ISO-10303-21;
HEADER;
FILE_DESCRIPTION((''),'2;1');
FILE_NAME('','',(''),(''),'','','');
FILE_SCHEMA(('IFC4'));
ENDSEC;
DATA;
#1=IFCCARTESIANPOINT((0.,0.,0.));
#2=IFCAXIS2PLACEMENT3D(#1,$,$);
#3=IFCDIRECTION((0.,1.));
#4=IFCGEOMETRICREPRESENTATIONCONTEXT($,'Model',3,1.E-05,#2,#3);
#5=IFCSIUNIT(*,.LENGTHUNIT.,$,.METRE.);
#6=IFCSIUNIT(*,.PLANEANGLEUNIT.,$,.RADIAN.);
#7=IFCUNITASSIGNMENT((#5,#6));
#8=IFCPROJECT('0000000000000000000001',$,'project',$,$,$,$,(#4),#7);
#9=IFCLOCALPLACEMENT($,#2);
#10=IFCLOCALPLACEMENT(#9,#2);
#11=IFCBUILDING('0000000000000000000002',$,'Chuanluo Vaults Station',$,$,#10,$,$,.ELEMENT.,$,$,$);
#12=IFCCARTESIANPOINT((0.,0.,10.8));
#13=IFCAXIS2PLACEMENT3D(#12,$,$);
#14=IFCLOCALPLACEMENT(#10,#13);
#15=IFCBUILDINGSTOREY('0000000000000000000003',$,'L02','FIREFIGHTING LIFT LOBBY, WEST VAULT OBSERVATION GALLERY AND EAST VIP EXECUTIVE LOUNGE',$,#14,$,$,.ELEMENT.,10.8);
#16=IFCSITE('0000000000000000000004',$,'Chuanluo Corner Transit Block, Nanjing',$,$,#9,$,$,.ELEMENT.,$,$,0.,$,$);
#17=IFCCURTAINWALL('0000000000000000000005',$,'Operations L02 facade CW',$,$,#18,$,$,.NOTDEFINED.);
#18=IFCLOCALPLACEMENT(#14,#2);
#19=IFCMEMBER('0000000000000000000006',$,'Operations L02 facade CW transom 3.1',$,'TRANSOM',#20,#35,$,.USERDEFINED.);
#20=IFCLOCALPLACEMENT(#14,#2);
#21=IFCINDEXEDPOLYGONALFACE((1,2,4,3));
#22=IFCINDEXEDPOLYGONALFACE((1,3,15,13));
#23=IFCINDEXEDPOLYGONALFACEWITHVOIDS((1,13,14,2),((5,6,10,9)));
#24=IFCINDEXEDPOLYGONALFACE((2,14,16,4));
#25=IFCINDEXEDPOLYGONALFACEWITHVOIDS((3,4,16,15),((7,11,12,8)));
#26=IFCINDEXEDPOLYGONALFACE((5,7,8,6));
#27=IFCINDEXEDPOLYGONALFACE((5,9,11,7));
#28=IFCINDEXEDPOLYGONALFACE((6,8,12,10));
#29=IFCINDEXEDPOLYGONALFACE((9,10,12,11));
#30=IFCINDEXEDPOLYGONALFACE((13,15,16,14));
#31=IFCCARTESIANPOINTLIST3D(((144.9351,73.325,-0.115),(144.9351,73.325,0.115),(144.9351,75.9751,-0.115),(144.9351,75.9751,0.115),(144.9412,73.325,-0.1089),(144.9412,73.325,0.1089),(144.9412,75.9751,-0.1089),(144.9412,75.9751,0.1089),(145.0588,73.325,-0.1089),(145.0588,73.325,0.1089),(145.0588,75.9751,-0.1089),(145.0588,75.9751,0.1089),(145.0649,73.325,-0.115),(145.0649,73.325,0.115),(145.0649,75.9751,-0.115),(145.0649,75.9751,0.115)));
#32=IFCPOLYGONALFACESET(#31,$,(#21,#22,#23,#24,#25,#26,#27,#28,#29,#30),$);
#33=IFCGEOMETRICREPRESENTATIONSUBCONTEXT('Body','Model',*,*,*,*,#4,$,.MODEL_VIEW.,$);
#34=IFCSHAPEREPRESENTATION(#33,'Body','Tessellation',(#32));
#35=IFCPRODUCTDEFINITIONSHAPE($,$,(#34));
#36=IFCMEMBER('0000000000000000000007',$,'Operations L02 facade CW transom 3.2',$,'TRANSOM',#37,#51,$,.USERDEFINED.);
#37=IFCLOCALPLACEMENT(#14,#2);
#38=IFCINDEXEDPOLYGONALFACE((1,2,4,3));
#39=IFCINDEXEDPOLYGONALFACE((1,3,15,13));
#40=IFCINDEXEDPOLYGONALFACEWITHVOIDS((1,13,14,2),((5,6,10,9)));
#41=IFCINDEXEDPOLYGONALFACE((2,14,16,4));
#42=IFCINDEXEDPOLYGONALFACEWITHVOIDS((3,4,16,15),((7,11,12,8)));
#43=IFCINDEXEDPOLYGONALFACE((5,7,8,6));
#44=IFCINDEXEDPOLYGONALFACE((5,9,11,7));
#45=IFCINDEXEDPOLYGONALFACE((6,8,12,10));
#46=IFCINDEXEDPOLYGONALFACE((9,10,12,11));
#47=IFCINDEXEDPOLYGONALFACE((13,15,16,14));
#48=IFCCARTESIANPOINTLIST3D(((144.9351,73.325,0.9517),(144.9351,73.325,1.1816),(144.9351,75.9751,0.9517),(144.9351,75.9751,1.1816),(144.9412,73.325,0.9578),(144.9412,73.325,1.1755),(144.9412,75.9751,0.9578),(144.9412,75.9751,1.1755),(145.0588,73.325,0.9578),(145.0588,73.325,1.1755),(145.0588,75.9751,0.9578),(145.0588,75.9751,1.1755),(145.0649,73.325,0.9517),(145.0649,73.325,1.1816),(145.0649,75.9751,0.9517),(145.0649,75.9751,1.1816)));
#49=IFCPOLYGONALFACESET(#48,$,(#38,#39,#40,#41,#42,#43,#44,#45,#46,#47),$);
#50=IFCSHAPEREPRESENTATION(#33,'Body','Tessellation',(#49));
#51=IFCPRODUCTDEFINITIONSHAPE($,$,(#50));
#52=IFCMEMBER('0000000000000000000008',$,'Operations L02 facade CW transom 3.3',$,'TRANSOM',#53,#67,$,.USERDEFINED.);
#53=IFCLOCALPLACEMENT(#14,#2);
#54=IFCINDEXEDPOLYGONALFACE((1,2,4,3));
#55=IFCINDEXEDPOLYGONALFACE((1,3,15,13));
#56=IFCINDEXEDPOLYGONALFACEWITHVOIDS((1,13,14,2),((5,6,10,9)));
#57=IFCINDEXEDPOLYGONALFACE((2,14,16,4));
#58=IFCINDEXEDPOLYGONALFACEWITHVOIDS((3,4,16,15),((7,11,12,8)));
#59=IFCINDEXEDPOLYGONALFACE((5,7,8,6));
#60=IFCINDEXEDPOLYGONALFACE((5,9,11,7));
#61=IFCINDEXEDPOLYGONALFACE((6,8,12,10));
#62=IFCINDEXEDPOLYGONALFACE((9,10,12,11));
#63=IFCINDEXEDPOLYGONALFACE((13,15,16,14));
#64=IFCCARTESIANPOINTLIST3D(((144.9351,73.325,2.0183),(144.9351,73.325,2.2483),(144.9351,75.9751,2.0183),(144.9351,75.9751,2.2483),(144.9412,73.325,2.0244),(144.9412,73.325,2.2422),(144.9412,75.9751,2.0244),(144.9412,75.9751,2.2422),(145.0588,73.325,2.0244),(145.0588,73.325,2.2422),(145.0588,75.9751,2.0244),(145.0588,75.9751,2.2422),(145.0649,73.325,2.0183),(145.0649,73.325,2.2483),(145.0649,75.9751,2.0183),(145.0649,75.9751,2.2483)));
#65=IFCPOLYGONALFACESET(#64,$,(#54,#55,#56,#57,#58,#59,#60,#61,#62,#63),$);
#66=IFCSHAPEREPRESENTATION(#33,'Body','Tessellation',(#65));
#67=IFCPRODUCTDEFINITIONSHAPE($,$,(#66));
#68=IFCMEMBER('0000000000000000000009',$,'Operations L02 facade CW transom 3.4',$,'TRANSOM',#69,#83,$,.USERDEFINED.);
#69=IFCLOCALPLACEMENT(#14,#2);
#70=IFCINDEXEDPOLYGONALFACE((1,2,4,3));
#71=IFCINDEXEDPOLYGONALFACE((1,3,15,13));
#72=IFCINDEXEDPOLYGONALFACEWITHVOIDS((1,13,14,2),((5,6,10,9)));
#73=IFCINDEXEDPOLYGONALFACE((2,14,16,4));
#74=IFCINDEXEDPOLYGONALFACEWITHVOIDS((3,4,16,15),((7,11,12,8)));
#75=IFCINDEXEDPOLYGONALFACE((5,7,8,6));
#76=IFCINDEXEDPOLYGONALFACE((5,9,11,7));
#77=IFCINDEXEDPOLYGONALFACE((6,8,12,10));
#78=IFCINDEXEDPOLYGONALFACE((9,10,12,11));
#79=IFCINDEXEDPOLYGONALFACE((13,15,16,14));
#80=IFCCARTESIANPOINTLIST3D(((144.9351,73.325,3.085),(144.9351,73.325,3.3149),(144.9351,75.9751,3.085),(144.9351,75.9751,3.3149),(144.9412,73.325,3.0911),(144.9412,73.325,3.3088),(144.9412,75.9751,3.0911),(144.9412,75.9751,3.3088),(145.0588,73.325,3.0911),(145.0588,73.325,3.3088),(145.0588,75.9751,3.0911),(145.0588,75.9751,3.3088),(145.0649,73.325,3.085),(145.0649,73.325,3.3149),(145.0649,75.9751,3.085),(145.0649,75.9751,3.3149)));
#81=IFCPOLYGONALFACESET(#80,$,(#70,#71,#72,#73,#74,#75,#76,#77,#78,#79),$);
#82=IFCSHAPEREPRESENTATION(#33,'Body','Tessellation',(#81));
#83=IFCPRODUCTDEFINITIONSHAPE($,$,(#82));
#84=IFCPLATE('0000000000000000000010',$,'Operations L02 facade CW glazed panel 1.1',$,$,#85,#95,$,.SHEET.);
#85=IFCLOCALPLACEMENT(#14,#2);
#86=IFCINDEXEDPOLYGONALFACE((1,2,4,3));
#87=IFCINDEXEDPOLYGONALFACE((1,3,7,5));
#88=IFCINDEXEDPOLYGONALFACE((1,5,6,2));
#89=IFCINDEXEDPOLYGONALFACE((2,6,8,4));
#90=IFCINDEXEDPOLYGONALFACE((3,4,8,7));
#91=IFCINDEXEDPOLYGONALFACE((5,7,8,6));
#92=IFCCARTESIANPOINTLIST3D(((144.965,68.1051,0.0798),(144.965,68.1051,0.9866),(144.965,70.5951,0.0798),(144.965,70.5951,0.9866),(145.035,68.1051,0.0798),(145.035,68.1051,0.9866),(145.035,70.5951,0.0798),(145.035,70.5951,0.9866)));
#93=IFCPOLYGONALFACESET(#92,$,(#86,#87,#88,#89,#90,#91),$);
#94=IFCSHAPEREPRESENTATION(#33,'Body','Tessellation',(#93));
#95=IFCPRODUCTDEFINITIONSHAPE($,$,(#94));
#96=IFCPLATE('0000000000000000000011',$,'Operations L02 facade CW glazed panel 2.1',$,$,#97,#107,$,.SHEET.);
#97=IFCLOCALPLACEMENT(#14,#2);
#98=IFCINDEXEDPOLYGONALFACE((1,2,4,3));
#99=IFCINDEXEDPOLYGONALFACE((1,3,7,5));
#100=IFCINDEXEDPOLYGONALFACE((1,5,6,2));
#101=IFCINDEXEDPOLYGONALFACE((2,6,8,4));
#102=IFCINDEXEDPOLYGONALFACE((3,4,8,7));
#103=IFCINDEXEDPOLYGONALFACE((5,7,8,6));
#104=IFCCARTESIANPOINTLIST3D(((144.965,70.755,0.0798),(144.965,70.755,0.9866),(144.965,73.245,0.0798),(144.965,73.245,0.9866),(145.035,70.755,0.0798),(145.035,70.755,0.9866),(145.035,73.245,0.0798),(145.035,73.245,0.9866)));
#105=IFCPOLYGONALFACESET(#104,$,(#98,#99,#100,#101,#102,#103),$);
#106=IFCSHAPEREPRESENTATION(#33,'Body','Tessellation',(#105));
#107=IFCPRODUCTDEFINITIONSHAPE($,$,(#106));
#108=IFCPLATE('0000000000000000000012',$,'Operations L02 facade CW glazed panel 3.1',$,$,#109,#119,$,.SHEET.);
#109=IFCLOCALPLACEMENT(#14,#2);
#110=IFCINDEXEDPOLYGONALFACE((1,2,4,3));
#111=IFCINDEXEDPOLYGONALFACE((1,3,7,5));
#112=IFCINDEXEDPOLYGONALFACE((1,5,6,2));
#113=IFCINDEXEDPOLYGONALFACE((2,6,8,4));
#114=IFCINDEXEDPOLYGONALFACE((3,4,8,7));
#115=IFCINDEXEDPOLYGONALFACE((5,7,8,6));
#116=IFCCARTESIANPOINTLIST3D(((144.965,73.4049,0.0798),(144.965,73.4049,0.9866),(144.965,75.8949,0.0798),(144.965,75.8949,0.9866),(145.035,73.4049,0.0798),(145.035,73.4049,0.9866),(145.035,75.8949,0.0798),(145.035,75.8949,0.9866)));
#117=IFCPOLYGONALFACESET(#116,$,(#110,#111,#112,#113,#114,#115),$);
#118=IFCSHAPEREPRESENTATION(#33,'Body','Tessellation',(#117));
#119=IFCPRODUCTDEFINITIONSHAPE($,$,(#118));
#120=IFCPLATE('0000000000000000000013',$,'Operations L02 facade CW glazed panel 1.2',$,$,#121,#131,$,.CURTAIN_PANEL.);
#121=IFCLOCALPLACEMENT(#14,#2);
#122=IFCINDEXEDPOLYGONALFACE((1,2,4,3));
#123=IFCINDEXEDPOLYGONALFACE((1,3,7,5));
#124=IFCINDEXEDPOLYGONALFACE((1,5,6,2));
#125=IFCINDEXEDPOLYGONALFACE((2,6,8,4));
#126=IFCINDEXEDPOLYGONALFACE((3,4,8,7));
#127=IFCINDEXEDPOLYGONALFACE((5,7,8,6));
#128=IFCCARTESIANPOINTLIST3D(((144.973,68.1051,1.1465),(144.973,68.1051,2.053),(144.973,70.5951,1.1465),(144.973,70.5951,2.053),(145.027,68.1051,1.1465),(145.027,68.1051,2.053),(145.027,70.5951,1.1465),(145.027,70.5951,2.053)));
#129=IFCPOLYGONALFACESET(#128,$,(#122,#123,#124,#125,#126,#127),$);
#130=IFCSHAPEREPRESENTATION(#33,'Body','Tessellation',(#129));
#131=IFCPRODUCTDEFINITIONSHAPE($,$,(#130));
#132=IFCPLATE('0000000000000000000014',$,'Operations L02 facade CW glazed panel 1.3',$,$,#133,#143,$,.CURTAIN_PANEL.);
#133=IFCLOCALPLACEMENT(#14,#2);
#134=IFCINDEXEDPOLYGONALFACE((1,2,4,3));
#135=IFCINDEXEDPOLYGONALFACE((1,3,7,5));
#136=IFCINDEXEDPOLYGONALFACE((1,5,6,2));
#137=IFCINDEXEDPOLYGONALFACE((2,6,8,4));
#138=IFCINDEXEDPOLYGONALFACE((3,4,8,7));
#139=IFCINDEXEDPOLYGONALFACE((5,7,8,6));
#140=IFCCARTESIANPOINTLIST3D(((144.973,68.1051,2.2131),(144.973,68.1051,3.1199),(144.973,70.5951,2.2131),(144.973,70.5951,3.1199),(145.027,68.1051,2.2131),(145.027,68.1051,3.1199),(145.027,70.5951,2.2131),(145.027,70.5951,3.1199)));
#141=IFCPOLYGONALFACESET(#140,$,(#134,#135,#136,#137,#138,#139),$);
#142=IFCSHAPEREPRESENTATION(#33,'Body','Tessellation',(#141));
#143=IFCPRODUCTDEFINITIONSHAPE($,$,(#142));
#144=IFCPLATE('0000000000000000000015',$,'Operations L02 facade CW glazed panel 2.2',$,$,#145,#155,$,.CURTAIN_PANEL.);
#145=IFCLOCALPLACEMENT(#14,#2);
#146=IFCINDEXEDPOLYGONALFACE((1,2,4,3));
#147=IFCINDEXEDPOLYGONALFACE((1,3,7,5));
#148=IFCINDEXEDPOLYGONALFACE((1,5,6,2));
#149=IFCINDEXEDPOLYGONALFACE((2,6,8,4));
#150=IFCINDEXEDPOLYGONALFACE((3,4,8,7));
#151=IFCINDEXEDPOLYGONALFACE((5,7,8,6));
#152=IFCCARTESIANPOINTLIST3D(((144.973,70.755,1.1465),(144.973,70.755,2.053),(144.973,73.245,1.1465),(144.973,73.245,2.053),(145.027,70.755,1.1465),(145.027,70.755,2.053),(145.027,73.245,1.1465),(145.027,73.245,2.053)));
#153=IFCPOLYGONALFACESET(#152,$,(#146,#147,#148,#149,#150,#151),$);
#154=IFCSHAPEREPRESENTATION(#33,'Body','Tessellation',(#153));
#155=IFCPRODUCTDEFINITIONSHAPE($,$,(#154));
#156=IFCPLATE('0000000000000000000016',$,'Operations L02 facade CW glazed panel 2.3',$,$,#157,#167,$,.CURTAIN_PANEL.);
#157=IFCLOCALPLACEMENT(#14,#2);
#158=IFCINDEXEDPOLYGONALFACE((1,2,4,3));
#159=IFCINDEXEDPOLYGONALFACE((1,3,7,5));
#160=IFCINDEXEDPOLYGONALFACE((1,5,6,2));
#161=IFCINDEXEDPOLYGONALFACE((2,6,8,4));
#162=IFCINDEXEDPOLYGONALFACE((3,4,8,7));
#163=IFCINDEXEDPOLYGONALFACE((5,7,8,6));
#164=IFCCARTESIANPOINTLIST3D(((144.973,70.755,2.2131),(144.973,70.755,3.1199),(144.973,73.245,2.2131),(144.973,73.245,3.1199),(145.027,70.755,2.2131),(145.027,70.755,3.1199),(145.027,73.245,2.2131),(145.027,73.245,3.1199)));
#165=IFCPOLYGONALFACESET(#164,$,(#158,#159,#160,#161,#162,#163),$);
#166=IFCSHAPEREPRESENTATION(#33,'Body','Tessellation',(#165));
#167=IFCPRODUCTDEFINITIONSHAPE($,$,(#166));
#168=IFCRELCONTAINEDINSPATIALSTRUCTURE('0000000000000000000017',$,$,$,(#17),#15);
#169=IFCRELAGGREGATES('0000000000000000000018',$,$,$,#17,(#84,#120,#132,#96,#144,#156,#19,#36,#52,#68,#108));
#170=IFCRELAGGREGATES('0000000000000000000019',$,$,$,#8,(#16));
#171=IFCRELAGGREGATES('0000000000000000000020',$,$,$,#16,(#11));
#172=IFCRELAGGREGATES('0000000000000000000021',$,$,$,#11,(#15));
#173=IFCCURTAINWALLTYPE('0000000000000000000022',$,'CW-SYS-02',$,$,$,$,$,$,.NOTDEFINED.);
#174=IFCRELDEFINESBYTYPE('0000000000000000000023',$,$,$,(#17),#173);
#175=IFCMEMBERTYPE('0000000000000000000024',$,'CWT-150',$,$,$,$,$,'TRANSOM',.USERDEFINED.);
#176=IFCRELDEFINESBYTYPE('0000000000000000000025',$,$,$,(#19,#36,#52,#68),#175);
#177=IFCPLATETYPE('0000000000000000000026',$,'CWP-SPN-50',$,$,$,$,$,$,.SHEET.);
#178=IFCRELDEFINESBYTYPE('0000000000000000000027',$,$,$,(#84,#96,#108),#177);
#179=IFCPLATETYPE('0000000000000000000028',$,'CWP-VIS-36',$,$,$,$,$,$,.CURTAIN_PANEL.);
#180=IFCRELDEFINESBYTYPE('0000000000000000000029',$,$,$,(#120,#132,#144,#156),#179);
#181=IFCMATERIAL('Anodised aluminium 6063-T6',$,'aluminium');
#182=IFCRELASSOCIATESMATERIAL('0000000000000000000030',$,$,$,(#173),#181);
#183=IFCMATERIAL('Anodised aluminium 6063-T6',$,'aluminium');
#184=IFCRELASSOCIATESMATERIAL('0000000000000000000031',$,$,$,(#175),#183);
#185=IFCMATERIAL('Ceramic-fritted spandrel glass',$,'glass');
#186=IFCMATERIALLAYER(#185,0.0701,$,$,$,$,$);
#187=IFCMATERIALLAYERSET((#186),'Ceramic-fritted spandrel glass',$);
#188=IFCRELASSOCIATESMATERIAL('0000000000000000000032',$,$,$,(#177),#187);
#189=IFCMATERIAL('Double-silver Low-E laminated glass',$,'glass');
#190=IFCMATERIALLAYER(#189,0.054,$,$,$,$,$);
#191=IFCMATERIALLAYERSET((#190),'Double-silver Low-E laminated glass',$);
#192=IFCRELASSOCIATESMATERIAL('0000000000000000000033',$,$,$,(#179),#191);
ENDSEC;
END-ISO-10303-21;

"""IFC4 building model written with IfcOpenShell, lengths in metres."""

from ifc_helpers import new_model, si_unit, direction, frame, origin, origin_2d, place, context, subcontext, project, spatial, rectangle, hollow_rectangle, extrude, material, layer, layer_set, material_profile, profile_set, type_object, element, aggregate, save


model = new_model("IFC4")

# Units and contexts
model_context = context("Model", 3, precision=1e-05, world=origin(), true_north=direction((0.0, 1.0)))
body_context = subcontext(model_context, "Body", "Model", "MODEL_VIEW")
ifc_project = project(units=[si_unit("LENGTHUNIT", "METRE"), si_unit("PLANEANGLEUNIT", "RADIAN")], contexts=[model_context])

# Site, building, storey
site_placement = place(None, origin())
site = spatial("IfcSite", under=ifc_project, at=site_placement, Name="Chuanluo Corner Transit Block, Nanjing", CompositionType="ELEMENT", RefElevation=0.0)
building_placement = place(site_placement, origin())
building = spatial("IfcBuilding", under=site, at=building_placement, Name="Chuanluo Vaults Station", CompositionType="ELEMENT")
storey_placement = place(building_placement, frame((0.0, 0.0, 10.8)))
storey = spatial("IfcBuildingStorey", under=building, at=storey_placement, Name="L02", Description="FIREFIGHTING LIFT LOBBY, WEST VAULT OBSERVATION GALLERY AND EAST VIP EXECUTIVE LOUNGE", CompositionType="ELEMENT", Elevation=10.8)

# Curtain wall, members, plates
ifc_material_1 = material(Name="Anodised aluminium 6063-T6", Category="aluminium")
curtain_wall_type = type_object("IfcCurtainWallType", Name="CW-SYS-02", PredefinedType="NOTDEFINED", material=ifc_material_1)
curtain_wall_placement = place(storey_placement, origin())
curtain_wall = element("IfcCurtainWall", 1, at=curtain_wall_placement, inside=storey, type_object=curtain_wall_type, Name="Operations L02 facade CW", PredefinedType="NOTDEFINED")
ifc_material_2 = material(Name="Anodised aluminium 6063-T6", Category="aluminium")
ifc_material_profile_1 = material_profile(ifc_material_2, hollow_rectangle(XDim=0.1299, YDim=0.23, WallThickness=0.0061, at=origin_2d()))
ifc_profile_set_1 = profile_set([ifc_material_profile_1], Name="Anodised aluminium 6063-T6")
member_type_1 = type_object("IfcMemberType", Name="CWT-150", ElementType="TRANSOM", PredefinedType="USERDEFINED", material=ifc_profile_set_1)
member_1_placement = place(storey_placement, frame((145.0, 73.325, 0.0), z_axis=(0.0, 1.0, 0.0), x_axis=(-1.0, 0.0, 0.0)))
member_1 = element("IfcMember", 2, at=member_1_placement, type_object=member_type_1, Name="Operations L02 facade CW transom 3.1", ObjectType="TRANSOM", PredefinedType="USERDEFINED", context=body_context, shape_type="SweptSolid", body=[
    extrude(hollow_rectangle(XDim=0.1299, YDim=0.23, WallThickness=0.0061, at=origin_2d()), origin(), (0.0, 0.0, 1.0), 2.6501),
])
member_2_placement = place(storey_placement, frame((145.0, 73.325, 1.0667), z_axis=(0.0, 1.0, 0.0), x_axis=(-1.0, 0.0, 0.0)))
member_2 = element("IfcMember", 3, at=member_2_placement, type_object=member_type_1, Name="Operations L02 facade CW transom 3.2", ObjectType="TRANSOM", PredefinedType="USERDEFINED", context=body_context, shape_type="SweptSolid", body=[
    extrude(hollow_rectangle(XDim=0.1299, YDim=0.23, WallThickness=0.0061, at=origin_2d()), origin(), (0.0, 0.0, 1.0), 2.6501),
])
member_3_placement = place(storey_placement, frame((145.0, 73.325, 2.1333), z_axis=(0.0, 1.0, 0.0), x_axis=(-1.0, 0.0, 0.0)))
member_3 = element("IfcMember", 4, at=member_3_placement, type_object=member_type_1, Name="Operations L02 facade CW transom 3.3", ObjectType="TRANSOM", PredefinedType="USERDEFINED", context=body_context, shape_type="SweptSolid", body=[
    extrude(hollow_rectangle(XDim=0.1299, YDim=0.23, WallThickness=0.0061, at=origin_2d()), origin(), (0.0, 0.0, 1.0), 2.6501),
])
member_4_placement = place(storey_placement, frame((145.0, 73.325, 3.2), z_axis=(0.0, 1.0, 0.0), x_axis=(-1.0, 0.0, 0.0)))
member_4 = element("IfcMember", 5, at=member_4_placement, type_object=member_type_1, Name="Operations L02 facade CW transom 3.4", ObjectType="TRANSOM", PredefinedType="USERDEFINED", context=body_context, shape_type="SweptSolid", body=[
    extrude(hollow_rectangle(XDim=0.1299, YDim=0.23, WallThickness=0.0061, at=origin_2d()), origin(), (0.0, 0.0, 1.0), 2.6501),
])
ifc_material_3 = material(Name="Ceramic-fritted spandrel glass", Category="glass")
ifc_layer_1 = layer(ifc_material_3, 0.0701)
ifc_layer_set_1 = layer_set([ifc_layer_1], Name="Ceramic-fritted spandrel glass")
plate_type_1 = type_object("IfcPlateType", Name="CWP-SPN-50", PredefinedType="SHEET", material=ifc_layer_set_1)
plate_1_placement = place(storey_placement, frame((145.0, 69.3501, 0.0798), z_axis=(0.0, 0.0, 1.0), x_axis=(0.0, 1.0, 0.0)))
plate_1 = element("IfcPlate", 6, at=plate_1_placement, type_object=plate_type_1, Name="Operations L02 facade CW glazed panel 1.1", PredefinedType="SHEET", context=body_context, shape_type="SweptSolid", body=[
    extrude(rectangle(XDim=2.49, YDim=0.0701, at=origin_2d()), origin(), (0.0, 0.0, 1.0), 0.9067),
])
plate_2_placement = place(storey_placement, frame((145.0, 72.0, 0.0798), z_axis=(0.0, 0.0, 1.0), x_axis=(0.0, 1.0, 0.0)))
plate_2 = element("IfcPlate", 7, at=plate_2_placement, type_object=plate_type_1, Name="Operations L02 facade CW glazed panel 2.1", PredefinedType="SHEET", context=body_context, shape_type="SweptSolid", body=[
    extrude(rectangle(XDim=2.49, YDim=0.0701, at=origin_2d()), origin(), (0.0, 0.0, 1.0), 0.9067),
])
plate_3_placement = place(storey_placement, frame((145.0, 74.6499, 0.0798), z_axis=(0.0, 0.0, 1.0), x_axis=(0.0, 1.0, 0.0)))
plate_3 = element("IfcPlate", 8, at=plate_3_placement, type_object=plate_type_1, Name="Operations L02 facade CW glazed panel 3.1", PredefinedType="SHEET", context=body_context, shape_type="SweptSolid", body=[
    extrude(rectangle(XDim=2.49, YDim=0.0701, at=origin_2d()), origin(), (0.0, 0.0, 1.0), 0.9067),
])
ifc_material_4 = material(Name="Double-silver Low-E laminated glass", Category="glass")
ifc_layer_2 = layer(ifc_material_4, 0.054)
ifc_layer_set_2 = layer_set([ifc_layer_2], Name="Double-silver Low-E laminated glass")
plate_type_2 = type_object("IfcPlateType", Name="CWP-VIS-36", PredefinedType="CURTAIN_PANEL", material=ifc_layer_set_2)
plate_4_placement = place(storey_placement, frame((145.0, 69.3501, 1.1465), z_axis=(0.0, 0.0, 1.0), x_axis=(0.0, 1.0, 0.0)))
plate_4 = element("IfcPlate", 9, at=plate_4_placement, type_object=plate_type_2, Name="Operations L02 facade CW glazed panel 1.2", PredefinedType="CURTAIN_PANEL", context=body_context, shape_type="SweptSolid", body=[
    extrude(rectangle(XDim=2.49, YDim=0.054, at=origin_2d()), origin(), (0.0, 0.0, 1.0), 0.9065),
])
plate_5_placement = place(storey_placement, frame((145.0, 69.3501, 2.2131), z_axis=(0.0, 0.0, 1.0), x_axis=(0.0, 1.0, 0.0)))
plate_5 = element("IfcPlate", 10, at=plate_5_placement, type_object=plate_type_2, Name="Operations L02 facade CW glazed panel 1.3", PredefinedType="CURTAIN_PANEL", context=body_context, shape_type="SweptSolid", body=[
    extrude(rectangle(XDim=2.49, YDim=0.054, at=origin_2d()), origin(), (0.0, 0.0, 1.0), 0.9067),
])
plate_6_placement = place(storey_placement, frame((145.0, 72.0, 1.1465), z_axis=(0.0, 0.0, 1.0), x_axis=(0.0, 1.0, 0.0)))
plate_6 = element("IfcPlate", 11, at=plate_6_placement, type_object=plate_type_2, Name="Operations L02 facade CW glazed panel 2.2", PredefinedType="CURTAIN_PANEL", context=body_context, shape_type="SweptSolid", body=[
    extrude(rectangle(XDim=2.49, YDim=0.054, at=origin_2d()), origin(), (0.0, 0.0, 1.0), 0.9065),
])
plate_7_placement = place(storey_placement, frame((145.0, 72.0, 2.2131), z_axis=(0.0, 0.0, 1.0), x_axis=(0.0, 1.0, 0.0)))
plate_7 = element("IfcPlate", 12, at=plate_7_placement, type_object=plate_type_2, Name="Operations L02 facade CW glazed panel 2.3", PredefinedType="CURTAIN_PANEL", context=body_context, shape_type="SweptSolid", body=[
    extrude(rectangle(XDim=2.49, YDim=0.054, at=origin_2d()), origin(), (0.0, 0.0, 1.0), 0.9067),
])
aggregate(curtain_wall, [plate_1, plate_4, plate_5, plate_2, plate_6, plate_7, member_1, member_2, member_3, member_4, plate_3])

save(model, "model.ifc")
